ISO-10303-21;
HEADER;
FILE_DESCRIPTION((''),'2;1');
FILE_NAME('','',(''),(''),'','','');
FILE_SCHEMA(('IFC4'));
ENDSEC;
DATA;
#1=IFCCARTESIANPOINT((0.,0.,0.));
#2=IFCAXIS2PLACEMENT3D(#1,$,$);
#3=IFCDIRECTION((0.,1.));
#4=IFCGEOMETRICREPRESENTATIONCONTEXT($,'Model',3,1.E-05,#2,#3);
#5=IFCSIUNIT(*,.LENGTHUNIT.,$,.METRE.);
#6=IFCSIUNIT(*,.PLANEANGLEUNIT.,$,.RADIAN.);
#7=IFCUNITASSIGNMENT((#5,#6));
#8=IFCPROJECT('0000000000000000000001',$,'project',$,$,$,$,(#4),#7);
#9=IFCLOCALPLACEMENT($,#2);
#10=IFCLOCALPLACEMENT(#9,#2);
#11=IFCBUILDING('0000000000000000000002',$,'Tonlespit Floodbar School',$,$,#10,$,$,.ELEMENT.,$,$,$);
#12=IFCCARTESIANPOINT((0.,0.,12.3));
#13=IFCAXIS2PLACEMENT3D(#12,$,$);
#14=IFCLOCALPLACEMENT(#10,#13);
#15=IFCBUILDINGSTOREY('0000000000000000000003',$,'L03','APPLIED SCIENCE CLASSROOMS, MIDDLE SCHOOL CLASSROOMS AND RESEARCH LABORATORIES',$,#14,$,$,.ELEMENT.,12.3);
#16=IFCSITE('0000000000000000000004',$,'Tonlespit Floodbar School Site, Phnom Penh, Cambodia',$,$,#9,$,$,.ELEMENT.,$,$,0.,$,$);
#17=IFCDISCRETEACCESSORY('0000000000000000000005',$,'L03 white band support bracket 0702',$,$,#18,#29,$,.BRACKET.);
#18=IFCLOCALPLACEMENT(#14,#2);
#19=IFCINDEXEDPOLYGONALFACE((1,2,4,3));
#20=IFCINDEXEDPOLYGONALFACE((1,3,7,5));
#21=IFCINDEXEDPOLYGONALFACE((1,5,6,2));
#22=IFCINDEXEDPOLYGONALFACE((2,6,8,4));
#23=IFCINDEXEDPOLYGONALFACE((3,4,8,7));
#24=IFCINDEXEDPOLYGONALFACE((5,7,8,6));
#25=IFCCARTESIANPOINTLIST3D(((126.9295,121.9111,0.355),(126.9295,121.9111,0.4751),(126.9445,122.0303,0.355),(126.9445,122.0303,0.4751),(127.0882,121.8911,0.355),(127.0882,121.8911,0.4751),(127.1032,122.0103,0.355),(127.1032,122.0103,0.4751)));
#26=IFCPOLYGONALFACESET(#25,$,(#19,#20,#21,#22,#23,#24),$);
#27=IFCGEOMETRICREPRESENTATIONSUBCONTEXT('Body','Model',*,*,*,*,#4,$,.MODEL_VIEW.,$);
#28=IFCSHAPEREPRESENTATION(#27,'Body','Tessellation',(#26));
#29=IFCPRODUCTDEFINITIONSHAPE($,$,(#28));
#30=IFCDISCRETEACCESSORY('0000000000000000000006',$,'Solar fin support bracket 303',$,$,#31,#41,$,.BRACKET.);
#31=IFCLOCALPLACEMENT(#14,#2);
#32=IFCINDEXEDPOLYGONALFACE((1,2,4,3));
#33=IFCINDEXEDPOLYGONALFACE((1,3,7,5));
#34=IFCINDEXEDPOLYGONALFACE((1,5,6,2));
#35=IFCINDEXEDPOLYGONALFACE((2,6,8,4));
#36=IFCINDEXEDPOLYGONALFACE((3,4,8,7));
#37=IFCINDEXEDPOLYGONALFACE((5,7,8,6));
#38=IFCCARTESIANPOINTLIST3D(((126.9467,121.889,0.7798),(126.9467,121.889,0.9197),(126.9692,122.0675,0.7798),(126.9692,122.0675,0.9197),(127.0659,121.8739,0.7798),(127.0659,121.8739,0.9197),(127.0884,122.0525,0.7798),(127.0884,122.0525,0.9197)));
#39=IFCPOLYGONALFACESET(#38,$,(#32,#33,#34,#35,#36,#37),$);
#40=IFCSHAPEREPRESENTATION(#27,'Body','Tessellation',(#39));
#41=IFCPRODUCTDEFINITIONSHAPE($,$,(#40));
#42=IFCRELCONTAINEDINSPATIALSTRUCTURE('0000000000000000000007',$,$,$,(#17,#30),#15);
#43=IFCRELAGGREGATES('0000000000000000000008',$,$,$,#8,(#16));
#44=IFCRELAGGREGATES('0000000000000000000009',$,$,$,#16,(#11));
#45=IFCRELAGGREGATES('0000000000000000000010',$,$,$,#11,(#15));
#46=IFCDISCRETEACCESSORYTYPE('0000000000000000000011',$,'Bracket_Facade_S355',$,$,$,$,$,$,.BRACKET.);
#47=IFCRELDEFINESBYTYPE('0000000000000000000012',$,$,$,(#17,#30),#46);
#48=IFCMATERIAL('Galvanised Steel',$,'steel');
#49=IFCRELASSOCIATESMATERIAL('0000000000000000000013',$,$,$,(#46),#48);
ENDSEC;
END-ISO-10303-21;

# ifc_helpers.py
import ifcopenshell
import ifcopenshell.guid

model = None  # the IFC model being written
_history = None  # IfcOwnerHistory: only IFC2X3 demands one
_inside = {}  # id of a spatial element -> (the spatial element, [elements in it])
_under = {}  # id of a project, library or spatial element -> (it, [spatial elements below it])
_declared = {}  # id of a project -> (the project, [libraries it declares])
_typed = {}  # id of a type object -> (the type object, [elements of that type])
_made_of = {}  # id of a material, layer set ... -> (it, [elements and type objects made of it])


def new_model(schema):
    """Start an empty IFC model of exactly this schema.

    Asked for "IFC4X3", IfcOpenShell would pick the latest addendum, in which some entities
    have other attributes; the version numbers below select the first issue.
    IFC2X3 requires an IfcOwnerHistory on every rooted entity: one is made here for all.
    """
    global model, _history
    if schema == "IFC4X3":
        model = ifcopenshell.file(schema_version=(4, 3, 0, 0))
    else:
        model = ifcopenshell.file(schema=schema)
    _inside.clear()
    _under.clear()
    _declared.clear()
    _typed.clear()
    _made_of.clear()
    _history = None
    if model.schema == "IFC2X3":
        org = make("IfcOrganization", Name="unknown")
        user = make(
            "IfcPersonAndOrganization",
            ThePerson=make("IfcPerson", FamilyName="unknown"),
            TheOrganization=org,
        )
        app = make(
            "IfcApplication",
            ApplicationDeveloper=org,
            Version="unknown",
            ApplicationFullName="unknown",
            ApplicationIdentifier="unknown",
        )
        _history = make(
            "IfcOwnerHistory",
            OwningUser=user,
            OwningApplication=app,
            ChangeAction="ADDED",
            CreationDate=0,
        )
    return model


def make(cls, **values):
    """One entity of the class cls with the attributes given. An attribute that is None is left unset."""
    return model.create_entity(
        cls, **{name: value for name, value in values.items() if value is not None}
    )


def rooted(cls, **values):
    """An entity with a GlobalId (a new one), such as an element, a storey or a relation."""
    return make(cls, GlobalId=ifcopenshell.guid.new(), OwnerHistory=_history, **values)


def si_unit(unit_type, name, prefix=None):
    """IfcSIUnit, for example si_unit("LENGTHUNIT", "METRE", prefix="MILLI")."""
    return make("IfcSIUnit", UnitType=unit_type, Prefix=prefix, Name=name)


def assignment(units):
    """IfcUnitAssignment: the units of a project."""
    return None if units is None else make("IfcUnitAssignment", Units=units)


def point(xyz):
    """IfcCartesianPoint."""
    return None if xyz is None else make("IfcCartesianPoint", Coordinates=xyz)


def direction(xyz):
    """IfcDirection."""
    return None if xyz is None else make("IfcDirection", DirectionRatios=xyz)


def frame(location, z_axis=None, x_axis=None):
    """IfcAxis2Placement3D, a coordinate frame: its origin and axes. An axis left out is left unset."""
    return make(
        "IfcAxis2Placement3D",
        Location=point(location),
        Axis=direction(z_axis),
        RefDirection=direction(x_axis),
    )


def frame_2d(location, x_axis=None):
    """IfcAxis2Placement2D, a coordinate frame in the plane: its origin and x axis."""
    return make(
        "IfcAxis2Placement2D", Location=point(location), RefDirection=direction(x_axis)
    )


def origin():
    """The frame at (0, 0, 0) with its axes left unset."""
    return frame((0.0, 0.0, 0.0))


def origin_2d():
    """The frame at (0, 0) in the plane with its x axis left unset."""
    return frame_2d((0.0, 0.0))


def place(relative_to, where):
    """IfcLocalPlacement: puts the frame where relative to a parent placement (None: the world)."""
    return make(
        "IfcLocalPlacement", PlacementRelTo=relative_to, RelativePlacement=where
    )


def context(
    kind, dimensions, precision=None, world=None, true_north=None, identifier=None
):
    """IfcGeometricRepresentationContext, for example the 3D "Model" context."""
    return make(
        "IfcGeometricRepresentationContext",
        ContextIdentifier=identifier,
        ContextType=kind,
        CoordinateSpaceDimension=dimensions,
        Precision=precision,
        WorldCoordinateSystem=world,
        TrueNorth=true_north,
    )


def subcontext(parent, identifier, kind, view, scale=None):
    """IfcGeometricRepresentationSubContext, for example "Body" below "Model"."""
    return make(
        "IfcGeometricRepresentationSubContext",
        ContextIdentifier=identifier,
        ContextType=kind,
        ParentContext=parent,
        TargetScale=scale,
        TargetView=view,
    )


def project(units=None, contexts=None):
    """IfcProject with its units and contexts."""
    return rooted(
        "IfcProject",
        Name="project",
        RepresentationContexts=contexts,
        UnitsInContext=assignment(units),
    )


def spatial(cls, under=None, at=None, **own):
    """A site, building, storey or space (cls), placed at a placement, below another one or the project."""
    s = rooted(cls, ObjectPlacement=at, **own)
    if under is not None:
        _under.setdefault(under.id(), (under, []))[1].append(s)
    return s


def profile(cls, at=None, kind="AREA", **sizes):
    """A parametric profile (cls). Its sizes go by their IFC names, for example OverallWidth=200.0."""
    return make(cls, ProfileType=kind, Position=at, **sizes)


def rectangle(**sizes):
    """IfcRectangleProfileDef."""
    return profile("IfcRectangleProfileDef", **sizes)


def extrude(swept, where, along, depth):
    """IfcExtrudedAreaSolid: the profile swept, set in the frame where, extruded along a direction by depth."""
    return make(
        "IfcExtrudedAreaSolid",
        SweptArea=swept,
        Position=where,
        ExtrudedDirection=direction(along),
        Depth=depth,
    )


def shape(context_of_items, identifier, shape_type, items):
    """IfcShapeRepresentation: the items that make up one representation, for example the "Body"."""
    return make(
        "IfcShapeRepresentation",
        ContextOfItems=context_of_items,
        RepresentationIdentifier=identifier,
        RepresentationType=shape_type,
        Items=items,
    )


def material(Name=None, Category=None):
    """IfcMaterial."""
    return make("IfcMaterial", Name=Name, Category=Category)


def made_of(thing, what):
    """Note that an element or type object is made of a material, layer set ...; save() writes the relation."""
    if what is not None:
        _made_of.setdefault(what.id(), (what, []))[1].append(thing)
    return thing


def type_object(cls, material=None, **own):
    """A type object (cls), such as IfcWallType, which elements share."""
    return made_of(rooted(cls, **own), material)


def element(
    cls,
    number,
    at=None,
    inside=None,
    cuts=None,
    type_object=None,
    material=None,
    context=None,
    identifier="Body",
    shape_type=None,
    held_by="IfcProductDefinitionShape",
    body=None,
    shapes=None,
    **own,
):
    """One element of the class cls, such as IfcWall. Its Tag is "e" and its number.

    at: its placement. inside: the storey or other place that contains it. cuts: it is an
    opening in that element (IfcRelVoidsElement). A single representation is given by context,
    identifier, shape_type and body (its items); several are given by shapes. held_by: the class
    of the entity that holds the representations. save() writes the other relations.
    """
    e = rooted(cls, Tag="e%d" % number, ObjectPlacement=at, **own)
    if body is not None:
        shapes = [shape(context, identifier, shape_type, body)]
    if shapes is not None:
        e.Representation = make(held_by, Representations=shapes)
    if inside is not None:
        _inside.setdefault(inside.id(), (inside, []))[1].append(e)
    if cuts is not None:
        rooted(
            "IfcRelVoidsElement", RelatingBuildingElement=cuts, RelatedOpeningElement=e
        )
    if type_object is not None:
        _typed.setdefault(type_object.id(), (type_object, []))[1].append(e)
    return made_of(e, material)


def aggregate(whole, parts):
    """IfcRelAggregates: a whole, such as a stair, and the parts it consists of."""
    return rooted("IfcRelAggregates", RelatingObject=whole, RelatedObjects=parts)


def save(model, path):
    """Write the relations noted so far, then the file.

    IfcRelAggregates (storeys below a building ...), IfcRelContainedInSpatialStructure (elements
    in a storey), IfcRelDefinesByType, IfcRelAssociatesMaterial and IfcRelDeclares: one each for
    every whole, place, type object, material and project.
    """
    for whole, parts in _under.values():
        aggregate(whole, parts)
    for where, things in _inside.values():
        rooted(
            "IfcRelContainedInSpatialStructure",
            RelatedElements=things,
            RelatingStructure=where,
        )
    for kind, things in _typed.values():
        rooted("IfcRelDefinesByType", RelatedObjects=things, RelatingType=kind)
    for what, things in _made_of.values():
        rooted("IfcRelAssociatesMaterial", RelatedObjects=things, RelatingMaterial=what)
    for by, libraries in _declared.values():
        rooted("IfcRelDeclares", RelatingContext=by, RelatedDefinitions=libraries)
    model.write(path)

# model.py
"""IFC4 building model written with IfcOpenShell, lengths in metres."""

from ifc_helpers import new_model, si_unit, direction, frame, origin, origin_2d, place, context, subcontext, project, spatial, rectangle, extrude, material, type_object, element, save


model = new_model("IFC4")

# Units and contexts
model_context = context("Model", 3, precision=1e-05, world=origin(), true_north=direction((0.0, 1.0)))
body_context = subcontext(model_context, "Body", "Model", "MODEL_VIEW")
ifc_project = project(units=[si_unit("LENGTHUNIT", "METRE"), si_unit("PLANEANGLEUNIT", "RADIAN")], contexts=[model_context])

# Site, building, storey
site_placement = place(None, origin())
site = spatial("IfcSite", under=ifc_project, at=site_placement, Name="Tonlespit Floodbar School Site, Phnom Penh, Cambodia", CompositionType="ELEMENT", RefElevation=0.0)
building_placement = place(site_placement, origin())
building = spatial("IfcBuilding", under=site, at=building_placement, Name="Tonlespit Floodbar School", CompositionType="ELEMENT")
storey_placement = place(building_placement, frame((0.0, 0.0, 12.3)))
storey = spatial("IfcBuildingStorey", under=building, at=storey_placement, Name="L03", Description="APPLIED SCIENCE CLASSROOMS, MIDDLE SCHOOL CLASSROOMS AND RESEARCH LABORATORIES", CompositionType="ELEMENT", Elevation=12.3)

# Discrete accessories
ifc_material_1 = material(Name="Galvanised Steel", Category="steel")
discrete_accessory_type = type_object("IfcDiscreteAccessoryType", Name="Bracket_Facade_S355", PredefinedType="BRACKET", material=ifc_material_1)
discrete_accessory_1_placement = place(storey_placement, frame((127.0164, 121.9607, 0.355), z_axis=(0.0, 0.0, 1.0), x_axis=(0.992155, -0.125011, 0.0)))
element("IfcDiscreteAccessory", 1, at=discrete_accessory_1_placement, inside=storey, type_object=discrete_accessory_type, Name="L03 white band support bracket 0702", PredefinedType="BRACKET", context=body_context, shape_type="SweptSolid", body=[
    extrude(rectangle(XDim=0.1599, YDim=0.1201, at=origin_2d()), origin(), (0.0, 0.0, 1.0), 0.1201),
])
discrete_accessory_2_placement = place(storey_placement, frame((127.0176, 121.9707, 0.7798), z_axis=(0.0, 0.0, 1.0), x_axis=(0.992155, -0.125011, 0.0)))
element("IfcDiscreteAccessory", 2, at=discrete_accessory_2_placement, inside=storey, type_object=discrete_accessory_type, Name="Solar fin support bracket 303", PredefinedType="BRACKET", context=body_context, shape_type="SweptSolid", body=[
    extrude(rectangle(XDim=0.1201, YDim=0.1799, at=origin_2d()), origin(), (0.0, 0.0, 1.0), 0.1399),
])

save(model, "model.ifc")
